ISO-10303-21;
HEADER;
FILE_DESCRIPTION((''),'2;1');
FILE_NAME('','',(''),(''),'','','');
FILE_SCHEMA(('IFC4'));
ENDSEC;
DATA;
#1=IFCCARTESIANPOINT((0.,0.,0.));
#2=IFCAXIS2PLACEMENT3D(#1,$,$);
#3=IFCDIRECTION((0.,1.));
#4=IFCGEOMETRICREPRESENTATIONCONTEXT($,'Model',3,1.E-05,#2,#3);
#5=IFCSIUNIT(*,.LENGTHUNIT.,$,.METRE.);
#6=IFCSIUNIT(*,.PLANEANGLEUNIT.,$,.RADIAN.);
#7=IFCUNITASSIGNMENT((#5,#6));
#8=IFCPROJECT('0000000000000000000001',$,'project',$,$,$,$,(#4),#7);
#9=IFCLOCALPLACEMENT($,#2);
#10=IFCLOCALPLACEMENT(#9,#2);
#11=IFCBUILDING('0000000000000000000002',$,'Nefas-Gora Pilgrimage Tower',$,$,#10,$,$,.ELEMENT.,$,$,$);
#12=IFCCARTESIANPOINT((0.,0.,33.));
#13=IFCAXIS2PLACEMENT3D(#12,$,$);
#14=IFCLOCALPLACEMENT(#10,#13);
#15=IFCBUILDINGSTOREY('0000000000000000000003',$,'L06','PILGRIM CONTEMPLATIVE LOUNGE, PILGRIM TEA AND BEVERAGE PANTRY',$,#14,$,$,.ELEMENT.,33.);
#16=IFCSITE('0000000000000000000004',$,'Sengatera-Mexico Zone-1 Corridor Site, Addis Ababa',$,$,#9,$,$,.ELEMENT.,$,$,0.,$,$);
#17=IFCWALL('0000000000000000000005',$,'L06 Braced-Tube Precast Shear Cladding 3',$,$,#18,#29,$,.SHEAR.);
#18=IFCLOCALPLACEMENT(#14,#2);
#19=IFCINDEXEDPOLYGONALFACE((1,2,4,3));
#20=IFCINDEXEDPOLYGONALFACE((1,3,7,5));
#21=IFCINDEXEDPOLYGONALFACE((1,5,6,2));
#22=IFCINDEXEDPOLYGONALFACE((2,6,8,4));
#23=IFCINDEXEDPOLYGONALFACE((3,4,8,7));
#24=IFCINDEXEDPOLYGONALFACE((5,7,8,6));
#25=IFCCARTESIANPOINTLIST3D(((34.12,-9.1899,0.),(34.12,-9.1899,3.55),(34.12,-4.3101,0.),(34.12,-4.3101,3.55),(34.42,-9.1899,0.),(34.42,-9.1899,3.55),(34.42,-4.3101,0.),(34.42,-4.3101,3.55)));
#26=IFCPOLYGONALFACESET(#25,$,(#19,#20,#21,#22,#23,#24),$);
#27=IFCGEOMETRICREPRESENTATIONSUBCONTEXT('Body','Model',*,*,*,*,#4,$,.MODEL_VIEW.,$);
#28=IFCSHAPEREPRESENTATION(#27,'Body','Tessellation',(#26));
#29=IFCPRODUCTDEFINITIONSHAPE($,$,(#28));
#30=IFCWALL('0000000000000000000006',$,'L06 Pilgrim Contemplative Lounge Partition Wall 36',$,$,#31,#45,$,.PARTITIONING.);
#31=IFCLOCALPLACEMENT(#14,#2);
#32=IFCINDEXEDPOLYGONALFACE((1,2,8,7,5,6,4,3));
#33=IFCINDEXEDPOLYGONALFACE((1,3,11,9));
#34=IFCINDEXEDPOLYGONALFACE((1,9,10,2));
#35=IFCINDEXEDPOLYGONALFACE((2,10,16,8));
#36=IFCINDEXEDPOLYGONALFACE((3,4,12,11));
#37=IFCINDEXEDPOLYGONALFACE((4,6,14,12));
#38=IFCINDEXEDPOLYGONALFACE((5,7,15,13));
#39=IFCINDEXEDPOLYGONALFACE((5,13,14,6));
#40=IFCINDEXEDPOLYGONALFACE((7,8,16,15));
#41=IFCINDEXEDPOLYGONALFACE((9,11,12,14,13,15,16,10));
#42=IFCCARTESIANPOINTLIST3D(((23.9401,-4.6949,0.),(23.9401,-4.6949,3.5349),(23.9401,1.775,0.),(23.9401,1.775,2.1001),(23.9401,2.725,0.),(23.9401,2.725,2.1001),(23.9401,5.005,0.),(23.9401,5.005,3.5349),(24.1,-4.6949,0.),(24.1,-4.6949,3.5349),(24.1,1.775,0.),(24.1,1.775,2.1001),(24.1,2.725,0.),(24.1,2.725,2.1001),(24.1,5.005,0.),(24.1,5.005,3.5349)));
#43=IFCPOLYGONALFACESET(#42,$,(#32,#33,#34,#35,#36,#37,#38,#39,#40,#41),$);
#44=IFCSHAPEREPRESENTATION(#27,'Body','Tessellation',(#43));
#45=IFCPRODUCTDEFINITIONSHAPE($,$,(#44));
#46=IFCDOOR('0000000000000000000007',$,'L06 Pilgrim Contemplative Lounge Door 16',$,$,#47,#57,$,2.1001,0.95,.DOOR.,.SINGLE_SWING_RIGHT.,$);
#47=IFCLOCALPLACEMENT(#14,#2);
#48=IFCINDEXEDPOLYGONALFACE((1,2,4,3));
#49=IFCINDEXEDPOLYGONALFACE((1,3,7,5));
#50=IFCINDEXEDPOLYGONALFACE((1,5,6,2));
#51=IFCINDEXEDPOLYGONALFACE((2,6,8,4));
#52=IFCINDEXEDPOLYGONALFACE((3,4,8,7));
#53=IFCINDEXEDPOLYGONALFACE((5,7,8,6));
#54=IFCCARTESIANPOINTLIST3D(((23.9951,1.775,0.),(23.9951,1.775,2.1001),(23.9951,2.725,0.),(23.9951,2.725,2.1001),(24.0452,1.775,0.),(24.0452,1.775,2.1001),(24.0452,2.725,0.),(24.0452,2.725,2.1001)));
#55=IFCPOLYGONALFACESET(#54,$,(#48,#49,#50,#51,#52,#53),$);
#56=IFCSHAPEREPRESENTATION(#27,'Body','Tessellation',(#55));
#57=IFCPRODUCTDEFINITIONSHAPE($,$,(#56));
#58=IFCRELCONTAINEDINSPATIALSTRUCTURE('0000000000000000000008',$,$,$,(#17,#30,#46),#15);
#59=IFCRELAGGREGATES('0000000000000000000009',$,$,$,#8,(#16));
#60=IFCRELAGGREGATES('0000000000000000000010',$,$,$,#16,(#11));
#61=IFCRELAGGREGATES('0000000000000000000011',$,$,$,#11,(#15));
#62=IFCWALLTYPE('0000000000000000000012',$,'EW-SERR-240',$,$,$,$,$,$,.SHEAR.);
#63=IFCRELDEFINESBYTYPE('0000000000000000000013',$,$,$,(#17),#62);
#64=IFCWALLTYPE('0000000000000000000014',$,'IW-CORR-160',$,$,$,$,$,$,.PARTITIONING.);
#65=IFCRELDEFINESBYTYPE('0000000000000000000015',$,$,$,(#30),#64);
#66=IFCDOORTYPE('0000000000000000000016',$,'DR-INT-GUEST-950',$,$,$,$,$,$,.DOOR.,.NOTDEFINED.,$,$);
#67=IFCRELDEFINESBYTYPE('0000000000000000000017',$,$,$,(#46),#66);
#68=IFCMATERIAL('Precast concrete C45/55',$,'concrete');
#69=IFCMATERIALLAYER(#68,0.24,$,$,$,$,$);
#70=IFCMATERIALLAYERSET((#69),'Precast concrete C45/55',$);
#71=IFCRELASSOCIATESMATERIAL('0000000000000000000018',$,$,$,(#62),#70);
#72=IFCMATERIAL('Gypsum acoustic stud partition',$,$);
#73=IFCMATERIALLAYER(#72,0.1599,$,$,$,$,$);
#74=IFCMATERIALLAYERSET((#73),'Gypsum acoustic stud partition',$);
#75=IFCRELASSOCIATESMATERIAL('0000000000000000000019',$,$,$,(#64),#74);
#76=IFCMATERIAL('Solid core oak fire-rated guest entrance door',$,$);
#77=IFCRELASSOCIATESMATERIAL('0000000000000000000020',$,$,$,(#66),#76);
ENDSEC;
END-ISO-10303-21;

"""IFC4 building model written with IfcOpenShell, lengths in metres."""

from ifc_helpers import new_model, si_unit, direction, frame, frame_2d, origin, place, context, subcontext, project, spatial, rectangle, extrude, source, transform, mapped, material, layer, layer_set, type_object, element, fill, save


model = new_model("IFC4")

# Units and contexts
model_context = context("Model", 3, precision=1e-05, world=origin(), true_north=direction((0.0, 1.0)))
body_context = subcontext(model_context, "Body", "Model", "MODEL_VIEW")
ifc_project = project(units=[si_unit("LENGTHUNIT", "METRE"), si_unit("PLANEANGLEUNIT", "RADIAN")], contexts=[model_context])

# Site, building, storey
site_placement = place(None, origin())
site = spatial("IfcSite", under=ifc_project, at=site_placement, Name="Sengatera-Mexico Zone-1 Corridor Site, Addis Ababa", CompositionType="ELEMENT", RefElevation=0.0)
building_placement = place(site_placement, origin())
building = spatial("IfcBuilding", under=site, at=building_placement, Name="Nefas-Gora Pilgrimage Tower", CompositionType="ELEMENT")
storey_placement = place(building_placement, frame((0.0, 0.0, 33.0)))
storey = spatial("IfcBuildingStorey", under=building, at=storey_placement, Name="L06", Description="PILGRIM CONTEMPLATIVE LOUNGE, PILGRIM TEA AND BEVERAGE PANTRY", CompositionType="ELEMENT", Elevation=33.0)

# Wall
ifc_material_1 = material(Name="Precast concrete C45/55", Category="concrete")
ifc_layer_1 = layer(ifc_material_1, 0.24)
ifc_layer_set_1 = layer_set([ifc_layer_1], Name="Precast concrete C45/55")
wall_type_1 = type_object("IfcWallType", Name="EW-SERR-240", PredefinedType="SHEAR", material=ifc_layer_set_1)
shared_shape_1 = source(origin(), body_context, "Body", "SweptSolid", [
    extrude(rectangle(XDim=4.8799, YDim=0.3, at=frame_2d((2.4399, 0.0))), origin(), (0.0, 0.0, 1.0), 3.55),
])
wall_1_placement = place(storey_placement, frame((34.27, -9.1899, 0.0), z_axis=(0.0, 0.0, 1.0), x_axis=(0.0, 1.0, 0.0)))
element("IfcWall", 1, at=wall_1_placement, inside=storey, type_object=wall_type_1, Name="L06 Braced-Tube Precast Shear Cladding 3", PredefinedType="SHEAR", context=body_context, shape_type="MappedRepresentation", body=[
    mapped(shared_shape_1, transform((0.0, 0.0, 0.0), x_axis=(1.0, 0.0, 0.0), y_axis=(0.0, 1.0, 0.0), z_axis=(0.0, 0.0, 1.0), scale=1.0)),
])

# Wall, opening, door
ifc_material_2 = material(Name="Gypsum acoustic stud partition")
ifc_layer_2 = layer(ifc_material_2, 0.1599)
ifc_layer_set_2 = layer_set([ifc_layer_2], Name="Gypsum acoustic stud partition")
wall_type_2 = type_object("IfcWallType", Name="IW-CORR-160", PredefinedType="PARTITIONING", material=ifc_layer_set_2)
shared_shape_2 = source(origin(), body_context, "Body", "SweptSolid", [
    extrude(rectangle(XDim=9.7, YDim=0.1599, at=frame_2d((4.8501, 0.0))), origin(), (0.0, 0.0, 1.0), 3.5349),
])
wall_2_placement = place(storey_placement, frame((24.02, -4.6951, 0.0), z_axis=(0.0, 0.0, 1.0), x_axis=(0.0, 1.0, 0.0)))
wall_2 = element("IfcWall", 2, at=wall_2_placement, inside=storey, type_object=wall_type_2, Name="L06 Pilgrim Contemplative Lounge Partition Wall 36", PredefinedType="PARTITIONING", context=body_context, shape_type="MappedRepresentation", body=[
    mapped(shared_shape_2, transform((0.0, 0.0, 0.0), x_axis=(1.0, 0.0, 0.0), y_axis=(0.0, 1.0, 0.0), z_axis=(0.0, 0.0, 1.0), scale=1.0)),
])
opening_placement = place(wall_2_placement, frame((6.47, 0.0, 0.0)))
opening = element("IfcOpeningElement", 3, at=opening_placement, cuts=wall_2, PredefinedType="OPENING", context=body_context, shape_type="SweptSolid", body=[
    extrude(rectangle(XDim=0.95, YDim=2.1001, at=frame_2d((0.4751, 1.05))), frame((0.0, 0.0898, 0.0), z_axis=(0.0, -1.0, 0.0), x_axis=(1.0, 0.0, 0.0)), (0.0, 0.0, 1.0), 0.1799),
])
ifc_material_3 = material(Name="Solid core oak fire-rated guest entrance door")
door_type = type_object("IfcDoorType", Name="DR-INT-GUEST-950", OperationType="NOTDEFINED", PredefinedType="DOOR", material=ifc_material_3)
shared_shape_3 = source(origin(), body_context, "Body", "SweptSolid", [
    extrude(rectangle(XDim=0.95, YDim=2.1001, at=frame_2d((0.4751, 1.05))), frame((0.0, 0.0249, 0.0), z_axis=(0.0, -1.0, 0.0), x_axis=(1.0, 0.0, 0.0)), (0.0, 0.0, 1.0), 0.05),
])
door_placement = place(opening_placement, origin())
door = element("IfcDoor", 4, at=door_placement, inside=storey, type_object=door_type, Name="L06 Pilgrim Contemplative Lounge Door 16", OperationType="SINGLE_SWING_RIGHT", OverallHeight=2.1001, OverallWidth=0.95, PredefinedType="DOOR", context=body_context, shape_type="MappedRepresentation", body=[
    mapped(shared_shape_3, transform((0.0, 0.0, 0.0), x_axis=(1.0, 0.0, 0.0), y_axis=(0.0, 1.0, 0.0), z_axis=(0.0, 0.0, 1.0), scale=1.0)),
])
fill(opening, door)

save(model, "model.ifc")
